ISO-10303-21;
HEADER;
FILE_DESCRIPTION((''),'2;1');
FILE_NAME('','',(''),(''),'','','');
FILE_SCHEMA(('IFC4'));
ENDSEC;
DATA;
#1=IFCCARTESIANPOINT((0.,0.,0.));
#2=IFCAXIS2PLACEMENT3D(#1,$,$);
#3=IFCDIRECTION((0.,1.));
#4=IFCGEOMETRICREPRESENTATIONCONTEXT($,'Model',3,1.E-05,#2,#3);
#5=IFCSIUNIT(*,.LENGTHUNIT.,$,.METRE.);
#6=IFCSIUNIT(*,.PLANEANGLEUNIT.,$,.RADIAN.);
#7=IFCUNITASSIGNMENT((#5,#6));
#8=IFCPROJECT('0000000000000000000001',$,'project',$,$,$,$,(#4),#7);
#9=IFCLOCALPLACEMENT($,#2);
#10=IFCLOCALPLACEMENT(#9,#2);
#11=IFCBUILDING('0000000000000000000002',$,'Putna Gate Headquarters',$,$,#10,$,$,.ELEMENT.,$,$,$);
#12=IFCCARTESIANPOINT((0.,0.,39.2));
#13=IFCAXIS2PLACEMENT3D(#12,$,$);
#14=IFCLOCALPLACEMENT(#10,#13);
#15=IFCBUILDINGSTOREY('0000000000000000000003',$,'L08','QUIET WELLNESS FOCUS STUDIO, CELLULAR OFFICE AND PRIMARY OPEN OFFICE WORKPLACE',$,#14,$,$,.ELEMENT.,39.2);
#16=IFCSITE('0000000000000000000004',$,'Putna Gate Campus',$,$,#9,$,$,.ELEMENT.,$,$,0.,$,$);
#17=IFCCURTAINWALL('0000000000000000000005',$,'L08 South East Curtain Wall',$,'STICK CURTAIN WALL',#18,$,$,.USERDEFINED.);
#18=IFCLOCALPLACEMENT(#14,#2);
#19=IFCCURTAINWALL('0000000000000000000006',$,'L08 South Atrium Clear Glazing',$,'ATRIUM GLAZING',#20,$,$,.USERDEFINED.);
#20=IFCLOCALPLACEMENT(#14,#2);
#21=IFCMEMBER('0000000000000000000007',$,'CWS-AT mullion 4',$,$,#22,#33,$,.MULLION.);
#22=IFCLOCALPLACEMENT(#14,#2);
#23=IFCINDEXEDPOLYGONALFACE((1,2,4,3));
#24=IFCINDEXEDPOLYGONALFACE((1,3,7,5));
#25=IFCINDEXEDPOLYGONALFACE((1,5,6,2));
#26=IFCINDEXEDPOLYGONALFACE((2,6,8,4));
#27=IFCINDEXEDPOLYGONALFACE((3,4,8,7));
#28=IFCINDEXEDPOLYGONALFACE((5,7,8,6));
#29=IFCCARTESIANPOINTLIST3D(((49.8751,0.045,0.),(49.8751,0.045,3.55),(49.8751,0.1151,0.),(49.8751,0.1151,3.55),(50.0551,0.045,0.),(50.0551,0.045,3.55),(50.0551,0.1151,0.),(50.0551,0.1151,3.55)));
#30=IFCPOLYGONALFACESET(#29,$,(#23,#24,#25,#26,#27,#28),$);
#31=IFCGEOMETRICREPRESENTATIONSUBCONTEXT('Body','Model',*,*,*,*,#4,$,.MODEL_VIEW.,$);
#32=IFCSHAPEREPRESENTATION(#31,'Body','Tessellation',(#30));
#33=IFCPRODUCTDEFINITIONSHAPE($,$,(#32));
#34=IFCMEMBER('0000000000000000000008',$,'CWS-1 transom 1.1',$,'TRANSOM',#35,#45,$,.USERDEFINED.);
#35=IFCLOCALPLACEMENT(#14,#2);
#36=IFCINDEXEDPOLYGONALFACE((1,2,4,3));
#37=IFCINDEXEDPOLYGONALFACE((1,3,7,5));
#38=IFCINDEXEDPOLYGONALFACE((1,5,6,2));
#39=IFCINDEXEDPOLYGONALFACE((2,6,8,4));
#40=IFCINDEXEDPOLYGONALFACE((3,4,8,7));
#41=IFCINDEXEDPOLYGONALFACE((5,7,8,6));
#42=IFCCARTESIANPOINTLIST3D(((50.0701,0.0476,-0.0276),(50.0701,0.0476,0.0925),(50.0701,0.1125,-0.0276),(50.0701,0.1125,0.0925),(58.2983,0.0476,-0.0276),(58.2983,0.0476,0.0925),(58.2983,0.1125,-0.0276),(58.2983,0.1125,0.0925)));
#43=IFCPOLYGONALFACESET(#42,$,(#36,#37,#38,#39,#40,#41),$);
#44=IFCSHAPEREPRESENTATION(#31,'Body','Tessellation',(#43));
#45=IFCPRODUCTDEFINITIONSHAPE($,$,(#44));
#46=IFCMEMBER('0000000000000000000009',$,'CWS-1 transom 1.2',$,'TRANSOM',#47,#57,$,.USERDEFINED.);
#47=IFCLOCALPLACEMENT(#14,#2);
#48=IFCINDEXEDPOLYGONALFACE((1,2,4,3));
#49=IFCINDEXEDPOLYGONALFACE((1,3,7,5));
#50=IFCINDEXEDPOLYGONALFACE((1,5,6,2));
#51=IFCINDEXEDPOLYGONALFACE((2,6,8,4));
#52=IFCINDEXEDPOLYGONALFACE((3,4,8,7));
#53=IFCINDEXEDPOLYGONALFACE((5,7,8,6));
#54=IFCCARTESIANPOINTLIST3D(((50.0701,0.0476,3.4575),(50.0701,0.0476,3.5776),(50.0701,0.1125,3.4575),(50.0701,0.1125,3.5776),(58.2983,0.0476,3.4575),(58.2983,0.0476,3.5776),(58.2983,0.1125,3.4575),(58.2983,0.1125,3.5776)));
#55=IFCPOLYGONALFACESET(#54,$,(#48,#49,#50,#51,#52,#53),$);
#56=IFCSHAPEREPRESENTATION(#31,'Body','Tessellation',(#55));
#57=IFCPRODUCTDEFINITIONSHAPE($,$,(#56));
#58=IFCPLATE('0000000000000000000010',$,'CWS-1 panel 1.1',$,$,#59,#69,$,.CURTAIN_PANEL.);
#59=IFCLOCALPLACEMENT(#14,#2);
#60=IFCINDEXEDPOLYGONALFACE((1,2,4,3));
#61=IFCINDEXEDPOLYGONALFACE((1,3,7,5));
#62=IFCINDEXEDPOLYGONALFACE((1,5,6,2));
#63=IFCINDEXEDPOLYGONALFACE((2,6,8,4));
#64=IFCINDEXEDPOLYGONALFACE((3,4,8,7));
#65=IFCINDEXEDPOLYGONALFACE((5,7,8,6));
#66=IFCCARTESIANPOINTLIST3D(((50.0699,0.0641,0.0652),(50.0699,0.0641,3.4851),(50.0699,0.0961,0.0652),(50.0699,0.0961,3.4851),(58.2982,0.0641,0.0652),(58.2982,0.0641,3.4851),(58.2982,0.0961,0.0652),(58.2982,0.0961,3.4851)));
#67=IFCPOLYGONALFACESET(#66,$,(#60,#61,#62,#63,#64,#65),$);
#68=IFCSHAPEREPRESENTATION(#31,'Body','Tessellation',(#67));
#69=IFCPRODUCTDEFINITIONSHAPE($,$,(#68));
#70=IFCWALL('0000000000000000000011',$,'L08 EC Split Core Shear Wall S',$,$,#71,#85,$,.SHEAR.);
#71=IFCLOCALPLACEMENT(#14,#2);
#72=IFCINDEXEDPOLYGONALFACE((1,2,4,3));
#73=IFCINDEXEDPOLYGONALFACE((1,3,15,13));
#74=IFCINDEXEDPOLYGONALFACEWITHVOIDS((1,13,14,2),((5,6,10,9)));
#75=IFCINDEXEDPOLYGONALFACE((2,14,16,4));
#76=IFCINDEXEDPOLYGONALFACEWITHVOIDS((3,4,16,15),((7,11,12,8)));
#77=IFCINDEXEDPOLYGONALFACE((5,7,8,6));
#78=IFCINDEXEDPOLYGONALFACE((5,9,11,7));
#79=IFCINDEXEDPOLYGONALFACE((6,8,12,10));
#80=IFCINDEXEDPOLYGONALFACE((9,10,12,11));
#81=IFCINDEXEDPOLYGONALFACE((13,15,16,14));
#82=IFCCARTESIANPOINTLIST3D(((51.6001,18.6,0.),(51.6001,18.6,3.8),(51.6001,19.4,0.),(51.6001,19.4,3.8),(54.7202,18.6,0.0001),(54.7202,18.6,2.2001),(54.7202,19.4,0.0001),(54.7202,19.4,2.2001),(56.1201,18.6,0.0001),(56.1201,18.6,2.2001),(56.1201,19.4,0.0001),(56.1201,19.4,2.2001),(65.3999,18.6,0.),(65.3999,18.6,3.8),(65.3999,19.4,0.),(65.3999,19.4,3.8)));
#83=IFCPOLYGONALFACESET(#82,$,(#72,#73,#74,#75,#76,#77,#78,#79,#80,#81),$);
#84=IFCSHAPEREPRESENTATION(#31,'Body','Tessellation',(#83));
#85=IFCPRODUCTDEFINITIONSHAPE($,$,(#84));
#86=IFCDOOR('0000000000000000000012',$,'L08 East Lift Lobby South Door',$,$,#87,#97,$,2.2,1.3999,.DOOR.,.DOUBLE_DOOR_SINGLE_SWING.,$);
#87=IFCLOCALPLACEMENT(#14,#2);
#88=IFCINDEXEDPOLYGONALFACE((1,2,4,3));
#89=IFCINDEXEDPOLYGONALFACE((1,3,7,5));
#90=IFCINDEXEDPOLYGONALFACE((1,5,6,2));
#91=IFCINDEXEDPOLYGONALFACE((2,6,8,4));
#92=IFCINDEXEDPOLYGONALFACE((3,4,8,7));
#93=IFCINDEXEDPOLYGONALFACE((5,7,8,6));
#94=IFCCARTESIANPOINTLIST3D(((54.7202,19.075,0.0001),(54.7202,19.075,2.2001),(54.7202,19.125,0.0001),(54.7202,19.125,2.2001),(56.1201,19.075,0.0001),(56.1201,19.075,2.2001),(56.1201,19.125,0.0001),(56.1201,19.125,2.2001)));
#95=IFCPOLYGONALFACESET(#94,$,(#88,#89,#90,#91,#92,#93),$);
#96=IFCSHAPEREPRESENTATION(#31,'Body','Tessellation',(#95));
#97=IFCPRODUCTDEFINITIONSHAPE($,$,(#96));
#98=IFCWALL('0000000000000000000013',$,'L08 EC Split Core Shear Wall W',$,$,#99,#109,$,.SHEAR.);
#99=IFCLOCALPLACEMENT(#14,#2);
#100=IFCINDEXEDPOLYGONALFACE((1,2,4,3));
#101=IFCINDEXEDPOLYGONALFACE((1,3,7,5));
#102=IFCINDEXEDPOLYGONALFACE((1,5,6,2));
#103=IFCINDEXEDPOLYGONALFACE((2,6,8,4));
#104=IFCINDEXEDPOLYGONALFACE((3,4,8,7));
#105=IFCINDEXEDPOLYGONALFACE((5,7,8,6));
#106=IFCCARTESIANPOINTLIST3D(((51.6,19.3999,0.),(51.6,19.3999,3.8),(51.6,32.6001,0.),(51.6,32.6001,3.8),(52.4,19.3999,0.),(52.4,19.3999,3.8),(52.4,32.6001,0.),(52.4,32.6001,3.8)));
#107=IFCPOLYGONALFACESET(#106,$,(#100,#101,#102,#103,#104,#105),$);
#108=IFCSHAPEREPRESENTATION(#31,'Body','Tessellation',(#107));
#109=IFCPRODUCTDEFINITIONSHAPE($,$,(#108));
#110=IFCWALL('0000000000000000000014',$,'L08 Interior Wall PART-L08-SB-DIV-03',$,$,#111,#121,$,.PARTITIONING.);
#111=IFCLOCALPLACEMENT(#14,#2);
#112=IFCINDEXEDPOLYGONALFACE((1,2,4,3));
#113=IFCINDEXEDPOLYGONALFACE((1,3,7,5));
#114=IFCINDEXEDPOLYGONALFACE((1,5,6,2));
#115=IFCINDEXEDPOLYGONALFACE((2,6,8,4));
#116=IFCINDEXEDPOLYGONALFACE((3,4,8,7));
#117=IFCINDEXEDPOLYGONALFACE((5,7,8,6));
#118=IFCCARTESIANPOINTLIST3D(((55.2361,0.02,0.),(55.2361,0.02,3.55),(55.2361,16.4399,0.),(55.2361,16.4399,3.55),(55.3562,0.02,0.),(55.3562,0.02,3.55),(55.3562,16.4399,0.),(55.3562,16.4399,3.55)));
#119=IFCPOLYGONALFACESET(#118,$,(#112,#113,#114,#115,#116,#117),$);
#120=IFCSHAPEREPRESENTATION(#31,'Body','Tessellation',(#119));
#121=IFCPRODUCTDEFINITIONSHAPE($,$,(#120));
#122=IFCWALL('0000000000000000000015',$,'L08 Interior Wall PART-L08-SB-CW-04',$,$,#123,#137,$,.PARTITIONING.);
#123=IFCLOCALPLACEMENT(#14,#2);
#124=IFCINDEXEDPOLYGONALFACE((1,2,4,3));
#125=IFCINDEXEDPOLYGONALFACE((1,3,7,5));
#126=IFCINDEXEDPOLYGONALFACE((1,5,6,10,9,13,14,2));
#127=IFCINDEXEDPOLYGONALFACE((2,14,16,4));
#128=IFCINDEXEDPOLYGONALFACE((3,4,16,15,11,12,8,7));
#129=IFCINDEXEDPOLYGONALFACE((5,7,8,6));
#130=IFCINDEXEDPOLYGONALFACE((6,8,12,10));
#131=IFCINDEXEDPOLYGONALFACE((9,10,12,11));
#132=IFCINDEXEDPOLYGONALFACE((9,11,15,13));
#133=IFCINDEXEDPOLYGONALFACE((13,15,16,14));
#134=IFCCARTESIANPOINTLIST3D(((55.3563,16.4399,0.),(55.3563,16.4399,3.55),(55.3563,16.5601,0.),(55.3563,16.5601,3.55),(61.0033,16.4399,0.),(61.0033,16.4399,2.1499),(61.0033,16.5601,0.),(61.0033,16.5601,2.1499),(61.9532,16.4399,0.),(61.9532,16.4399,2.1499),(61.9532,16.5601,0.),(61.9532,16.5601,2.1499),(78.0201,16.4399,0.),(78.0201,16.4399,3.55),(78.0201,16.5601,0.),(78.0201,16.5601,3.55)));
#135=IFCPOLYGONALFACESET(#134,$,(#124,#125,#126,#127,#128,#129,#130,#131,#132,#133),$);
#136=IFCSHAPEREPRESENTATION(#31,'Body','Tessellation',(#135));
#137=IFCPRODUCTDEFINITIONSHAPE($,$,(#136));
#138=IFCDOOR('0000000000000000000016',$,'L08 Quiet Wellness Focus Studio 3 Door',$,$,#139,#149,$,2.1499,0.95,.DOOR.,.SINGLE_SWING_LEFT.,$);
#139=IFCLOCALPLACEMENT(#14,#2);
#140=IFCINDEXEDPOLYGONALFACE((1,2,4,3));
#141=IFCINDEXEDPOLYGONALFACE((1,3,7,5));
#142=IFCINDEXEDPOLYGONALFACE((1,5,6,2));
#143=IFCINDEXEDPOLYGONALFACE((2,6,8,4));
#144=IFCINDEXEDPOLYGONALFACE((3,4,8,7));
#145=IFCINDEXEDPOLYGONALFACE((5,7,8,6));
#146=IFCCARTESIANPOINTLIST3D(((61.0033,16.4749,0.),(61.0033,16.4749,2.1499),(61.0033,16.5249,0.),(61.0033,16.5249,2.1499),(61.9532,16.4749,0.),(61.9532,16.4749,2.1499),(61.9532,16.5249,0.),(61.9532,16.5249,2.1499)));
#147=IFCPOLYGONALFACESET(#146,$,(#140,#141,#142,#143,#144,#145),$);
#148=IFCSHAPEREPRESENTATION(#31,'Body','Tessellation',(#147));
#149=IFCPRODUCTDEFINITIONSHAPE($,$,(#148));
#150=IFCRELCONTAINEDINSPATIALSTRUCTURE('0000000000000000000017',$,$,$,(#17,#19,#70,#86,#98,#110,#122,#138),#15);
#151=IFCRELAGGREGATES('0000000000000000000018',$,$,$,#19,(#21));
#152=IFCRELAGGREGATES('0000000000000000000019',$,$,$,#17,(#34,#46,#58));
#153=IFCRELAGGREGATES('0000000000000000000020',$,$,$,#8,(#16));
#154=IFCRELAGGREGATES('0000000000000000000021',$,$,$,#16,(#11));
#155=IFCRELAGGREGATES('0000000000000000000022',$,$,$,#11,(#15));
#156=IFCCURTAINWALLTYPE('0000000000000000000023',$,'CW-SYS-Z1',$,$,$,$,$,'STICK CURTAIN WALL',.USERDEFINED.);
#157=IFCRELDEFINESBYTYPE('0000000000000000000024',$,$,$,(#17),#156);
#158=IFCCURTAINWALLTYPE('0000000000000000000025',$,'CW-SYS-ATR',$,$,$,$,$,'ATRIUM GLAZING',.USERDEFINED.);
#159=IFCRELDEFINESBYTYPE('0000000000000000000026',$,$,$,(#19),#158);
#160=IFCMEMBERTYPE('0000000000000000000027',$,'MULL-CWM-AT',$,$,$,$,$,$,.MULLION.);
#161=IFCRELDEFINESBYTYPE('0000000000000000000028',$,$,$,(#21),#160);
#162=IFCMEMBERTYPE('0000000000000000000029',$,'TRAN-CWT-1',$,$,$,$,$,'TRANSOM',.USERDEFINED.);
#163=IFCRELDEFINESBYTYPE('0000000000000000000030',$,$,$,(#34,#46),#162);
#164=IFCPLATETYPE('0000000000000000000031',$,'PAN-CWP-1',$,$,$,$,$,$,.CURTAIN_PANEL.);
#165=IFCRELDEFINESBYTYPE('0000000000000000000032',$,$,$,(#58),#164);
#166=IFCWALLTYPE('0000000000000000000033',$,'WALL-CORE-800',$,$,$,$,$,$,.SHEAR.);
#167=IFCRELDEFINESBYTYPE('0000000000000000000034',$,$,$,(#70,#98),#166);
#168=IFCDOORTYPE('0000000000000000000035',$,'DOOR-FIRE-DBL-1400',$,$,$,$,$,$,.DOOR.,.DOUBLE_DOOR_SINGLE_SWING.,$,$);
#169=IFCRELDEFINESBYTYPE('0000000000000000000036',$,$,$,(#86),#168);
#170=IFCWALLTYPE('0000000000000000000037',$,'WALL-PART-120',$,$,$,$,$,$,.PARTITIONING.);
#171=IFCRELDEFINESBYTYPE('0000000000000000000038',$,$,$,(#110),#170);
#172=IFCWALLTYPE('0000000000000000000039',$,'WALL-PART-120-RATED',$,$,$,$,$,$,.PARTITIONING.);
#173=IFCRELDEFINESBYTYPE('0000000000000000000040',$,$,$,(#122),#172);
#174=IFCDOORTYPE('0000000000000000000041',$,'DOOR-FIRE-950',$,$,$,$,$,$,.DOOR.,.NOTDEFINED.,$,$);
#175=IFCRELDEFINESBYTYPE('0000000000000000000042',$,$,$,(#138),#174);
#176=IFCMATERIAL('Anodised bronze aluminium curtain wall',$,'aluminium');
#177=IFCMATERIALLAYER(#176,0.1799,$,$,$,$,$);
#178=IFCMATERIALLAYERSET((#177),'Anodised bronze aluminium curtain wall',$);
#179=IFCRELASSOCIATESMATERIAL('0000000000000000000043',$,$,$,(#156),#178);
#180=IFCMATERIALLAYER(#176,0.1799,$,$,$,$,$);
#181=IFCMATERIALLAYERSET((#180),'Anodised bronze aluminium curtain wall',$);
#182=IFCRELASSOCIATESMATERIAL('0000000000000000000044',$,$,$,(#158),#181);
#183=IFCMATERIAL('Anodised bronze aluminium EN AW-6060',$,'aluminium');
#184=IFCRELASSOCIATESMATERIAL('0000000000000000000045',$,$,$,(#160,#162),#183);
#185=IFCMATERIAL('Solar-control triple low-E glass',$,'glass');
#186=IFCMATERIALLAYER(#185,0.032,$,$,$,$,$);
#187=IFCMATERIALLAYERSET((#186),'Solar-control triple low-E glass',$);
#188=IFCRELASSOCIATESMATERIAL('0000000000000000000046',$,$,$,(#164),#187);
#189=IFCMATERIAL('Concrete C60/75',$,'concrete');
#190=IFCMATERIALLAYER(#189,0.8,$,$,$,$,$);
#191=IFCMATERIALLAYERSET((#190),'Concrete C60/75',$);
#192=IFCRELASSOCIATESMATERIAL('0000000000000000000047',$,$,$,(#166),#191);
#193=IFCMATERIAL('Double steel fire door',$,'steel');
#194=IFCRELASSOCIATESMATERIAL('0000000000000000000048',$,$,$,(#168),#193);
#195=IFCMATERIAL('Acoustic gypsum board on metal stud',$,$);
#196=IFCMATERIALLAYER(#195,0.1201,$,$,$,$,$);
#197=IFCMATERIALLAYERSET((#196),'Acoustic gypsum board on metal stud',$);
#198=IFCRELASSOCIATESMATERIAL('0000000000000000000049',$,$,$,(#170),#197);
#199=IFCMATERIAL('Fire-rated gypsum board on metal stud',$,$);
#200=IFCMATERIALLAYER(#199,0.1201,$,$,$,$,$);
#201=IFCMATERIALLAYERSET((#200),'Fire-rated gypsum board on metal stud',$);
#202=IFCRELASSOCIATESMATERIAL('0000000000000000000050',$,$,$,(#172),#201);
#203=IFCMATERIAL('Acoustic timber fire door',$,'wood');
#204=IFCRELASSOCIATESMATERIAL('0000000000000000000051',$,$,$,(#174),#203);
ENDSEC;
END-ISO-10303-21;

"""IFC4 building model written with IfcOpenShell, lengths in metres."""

from ifc_helpers import new_model, si_unit, direction, frame, frame_2d, origin, origin_2d, place, context, subcontext, project, spatial, rectangle, extrude, material, layer, layer_set, material_profile, profile_set, type_object, element, fill, aggregate, save


model = new_model("IFC4")

# Units and contexts
model_context = context("Model", 3, precision=1e-05, world=origin(), true_north=direction((0.0, 1.0)))
body_context = subcontext(model_context, "Body", "Model", "MODEL_VIEW")
ifc_project = project(units=[si_unit("LENGTHUNIT", "METRE"), si_unit("PLANEANGLEUNIT", "RADIAN")], contexts=[model_context])

# Site, building, storey
site_placement = place(None, origin())
site = spatial("IfcSite", under=ifc_project, at=site_placement, Name="Putna Gate Campus", CompositionType="ELEMENT", RefElevation=0.0)
building_placement = place(site_placement, origin())
building = spatial("IfcBuilding", under=site, at=building_placement, Name="Putna Gate Headquarters", CompositionType="ELEMENT")
storey_placement = place(building_placement, frame((0.0, 0.0, 39.2)))
storey = spatial("IfcBuildingStorey", under=building, at=storey_placement, Name="L08", Description="QUIET WELLNESS FOCUS STUDIO, CELLULAR OFFICE AND PRIMARY OPEN OFFICE WORKPLACE", CompositionType="ELEMENT", Elevation=39.2)

# Shared definitions
ifc_material_1 = material(Name="Concrete C60/75", Category="concrete")

# Curtain walls, member
ifc_material_2 = material(Name="Anodised bronze aluminium curtain wall", Category="aluminium")
ifc_layer_1 = layer(ifc_material_2, 0.1799)
ifc_layer_set_1 = layer_set([ifc_layer_1], Name="Anodised bronze aluminium curtain wall")
curtain_wall_type_1 = type_object("IfcCurtainWallType", Name="CW-SYS-Z1", ElementType="STICK CURTAIN WALL", PredefinedType="USERDEFINED", material=ifc_layer_set_1)
curtain_wall_1_placement = place(storey_placement, origin())
curtain_wall_1 = element("IfcCurtainWall", 1, at=curtain_wall_1_placement, inside=storey, type_object=curtain_wall_type_1, Name="L08 South East Curtain Wall", ObjectType="STICK CURTAIN WALL", PredefinedType="USERDEFINED")
ifc_material_3 = material(Name="Anodised bronze aluminium EN AW-6060", Category="aluminium")
ifc_layer_2 = layer(ifc_material_2, 0.1799)
ifc_layer_set_2 = layer_set([ifc_layer_2], Name="Anodised bronze aluminium curtain wall")
curtain_wall_type_2 = type_object("IfcCurtainWallType", Name="CW-SYS-ATR", ElementType="ATRIUM GLAZING", PredefinedType="USERDEFINED", material=ifc_layer_set_2)
curtain_wall_2_placement = place(storey_placement, origin())
curtain_wall_2 = element("IfcCurtainWall", 2, at=curtain_wall_2_placement, inside=storey, type_object=curtain_wall_type_2, Name="L08 South Atrium Clear Glazing", ObjectType="ATRIUM GLAZING", PredefinedType="USERDEFINED")
ifc_material_profile_1 = material_profile(ifc_material_3, rectangle(XDim=0.0701, YDim=0.1799, at=origin_2d()), Name="Anodised bronze aluminium EN AW-6060")
ifc_profile_set_1 = profile_set([ifc_material_profile_1], Name="Anodised bronze aluminium EN AW-6060")
member_type_1 = type_object("IfcMemberType", Name="MULL-CWM-AT", PredefinedType="MULLION", material=ifc_profile_set_1)
member_1_placement = place(storey_placement, frame((49.9651, 0.0801, 0.0), z_axis=(0.0, 0.0, 1.0), x_axis=(0.0, 1.0, 0.0)))
member_1 = element("IfcMember", 3, at=member_1_placement, type_object=member_type_1, Name="CWS-AT mullion 4", PredefinedType="MULLION", context=body_context, shape_type="SweptSolid", body=[
    extrude(rectangle(XDim=0.0701, YDim=0.1799, at=origin_2d()), origin(), (0.0, 0.0, 1.0), 3.55),
])
aggregate(curtain_wall_2, [member_1])

# Members
ifc_material_profile_2 = material_profile(ifc_material_3, rectangle(XDim=0.0649, YDim=0.1201, at=origin_2d()), Name="Anodised bronze aluminium EN AW-6060")
ifc_profile_set_2 = profile_set([ifc_material_profile_2], Name="Anodised bronze aluminium EN AW-6060")
member_type_2 = type_object("IfcMemberType", Name="TRAN-CWT-1", ElementType="TRANSOM", PredefinedType="USERDEFINED", material=ifc_profile_set_2)
member_2_placement = place(storey_placement, frame((50.0701, 0.0801, 0.0325), z_axis=(1.0, 0.0, 0.0), x_axis=(0.0, 1.0, 0.0)))
member_2 = element("IfcMember", 4, at=member_2_placement, type_object=member_type_2, Name="CWS-1 transom 1.1", ObjectType="TRANSOM", PredefinedType="USERDEFINED", context=body_context, shape_type="SweptSolid", body=[
    extrude(rectangle(XDim=0.0649, YDim=0.1201, at=origin_2d()), origin(), (0.0, 0.0, 1.0), 8.2283),
])
member_3_placement = place(storey_placement, frame((50.0701, 0.0801, 3.5176), z_axis=(1.0, 0.0, 0.0), x_axis=(0.0, 1.0, 0.0)))
member_3 = element("IfcMember", 5, at=member_3_placement, type_object=member_type_2, Name="CWS-1 transom 1.2", ObjectType="TRANSOM", PredefinedType="USERDEFINED", context=body_context, shape_type="SweptSolid", body=[
    extrude(rectangle(XDim=0.0649, YDim=0.1201, at=origin_2d()), origin(), (0.0, 0.0, 1.0), 8.2283),
])

# Plate
ifc_material_4 = material(Name="Solar-control triple low-E glass", Category="glass")
ifc_layer_3 = layer(ifc_material_4, 0.032)
ifc_layer_set_3 = layer_set([ifc_layer_3], Name="Solar-control triple low-E glass")
plate_type = type_object("IfcPlateType", Name="PAN-CWP-1", PredefinedType="CURTAIN_PANEL", material=ifc_layer_set_3)
plate_placement = place(storey_placement, frame((54.1841, 0.0801, 0.0652), z_axis=(0.0, 0.0, 1.0), x_axis=(1.0, 0.0, 0.0)))
plate = element("IfcPlate", 6, at=plate_placement, type_object=plate_type, Name="CWS-1 panel 1.1", PredefinedType="CURTAIN_PANEL", context=body_context, shape_type="SweptSolid", body=[
    extrude(rectangle(XDim=8.2283, YDim=0.032, at=origin_2d()), origin(), (0.0, 0.0, 1.0), 3.4199),
])
aggregate(curtain_wall_1, [member_2, member_3, plate])

# Wall, opening, door
ifc_layer_4 = layer(ifc_material_1, 0.8)
ifc_layer_set_4 = layer_set([ifc_layer_4], Name="Concrete C60/75")
wall_type_1 = type_object("IfcWallType", Name="WALL-CORE-800", PredefinedType="SHEAR", material=ifc_layer_set_4)
wall_1_placement = place(storey_placement, frame((51.6001, 19.0, 0.0), z_axis=(0.0, 0.0, 1.0), x_axis=(1.0, 0.0, 0.0)))
wall_1 = element("IfcWall", 7, at=wall_1_placement, inside=storey, type_object=wall_type_1, Name="L08 EC Split Core Shear Wall S", PredefinedType="SHEAR", context=body_context, shape_type="SweptSolid", body=[
    extrude(rectangle(XDim=13.7998, YDim=0.8, at=frame_2d((6.8999, 0.0))), origin(), (0.0, 0.0, 1.0), 3.8),
])
opening_1_placement = place(wall_1_placement, frame((3.1201, 0.0, 0.0)))
opening_1 = element("IfcOpeningElement", 8, at=opening_1_placement, cuts=wall_1, PredefinedType="OPENING", context=body_context, shape_type="SweptSolid", body=[
    extrude(rectangle(XDim=1.3999, YDim=2.2, at=frame_2d((0.7, 1.1001))), frame((0.0, 0.4099, 0.0), z_axis=(0.0, -1.0, 0.0), x_axis=(1.0, 0.0, 0.0)), (0.0, 0.0, 1.0), 0.8201),
])
ifc_material_5 = material(Name="Double steel fire door", Category="steel")
door_type_1 = type_object("IfcDoorType", Name="DOOR-FIRE-DBL-1400", OperationType="DOUBLE_DOOR_SINGLE_SWING", PredefinedType="DOOR", material=ifc_material_5)
door_1_placement = place(opening_1_placement, origin())
door_1 = element("IfcDoor", 9, at=door_1_placement, inside=storey, type_object=door_type_1, Name="L08 East Lift Lobby South Door", OperationType="DOUBLE_DOOR_SINGLE_SWING", OverallHeight=2.2, OverallWidth=1.3999, PredefinedType="DOOR", context=body_context, shape_type="SweptSolid", body=[
    extrude(rectangle(XDim=1.3999, YDim=2.2, at=frame_2d((0.7, 1.1001))), frame((0.0, 0.125, 0.0), z_axis=(0.0, -1.0, 0.0), x_axis=(1.0, 0.0, 0.0)), (0.0, 0.0, 1.0), 0.05),
])
fill(opening_1, door_1)

# Walls
wall_2_placement = place(storey_placement, frame((52.0, 19.3999, 0.0), z_axis=(0.0, 0.0, 1.0), x_axis=(0.0, 1.0, 0.0)))
element("IfcWall", 10, at=wall_2_placement, inside=storey, type_object=wall_type_1, Name="L08 EC Split Core Shear Wall W", PredefinedType="SHEAR", context=body_context, shape_type="SweptSolid", body=[
    extrude(rectangle(XDim=13.2002, YDim=0.8, at=frame_2d((6.6001, 0.0))), origin(), (0.0, 0.0, 1.0), 3.8),
])
ifc_material_6 = material(Name="Acoustic gypsum board on metal stud")
ifc_layer_5 = layer(ifc_material_6, 0.1201)
ifc_layer_set_5 = layer_set([ifc_layer_5], Name="Acoustic gypsum board on metal stud")
wall_type_2 = type_object("IfcWallType", Name="WALL-PART-120", PredefinedType="PARTITIONING", material=ifc_layer_set_5)
wall_3_placement = place(storey_placement, frame((55.2961, 0.02, 0.0), z_axis=(0.0, 0.0, 1.0), x_axis=(0.0, 1.0, 0.0)))
element("IfcWall", 11, at=wall_3_placement, inside=storey, type_object=wall_type_2, Name="L08 Interior Wall PART-L08-SB-DIV-03", PredefinedType="PARTITIONING", context=body_context, shape_type="SweptSolid", body=[
    extrude(rectangle(XDim=16.4199, YDim=0.1201, at=frame_2d((8.21, 0.0))), origin(), (0.0, 0.0, 1.0), 3.55),
])

# Wall, opening, door
ifc_material_7 = material(Name="Fire-rated gypsum board on metal stud")
ifc_layer_6 = layer(ifc_material_7, 0.1201)
ifc_layer_set_6 = layer_set([ifc_layer_6], Name="Fire-rated gypsum board on metal stud")
wall_type_3 = type_object("IfcWallType", Name="WALL-PART-120-RATED", PredefinedType="PARTITIONING", material=ifc_layer_set_6)
wall_4_placement = place(storey_placement, frame((55.3562, 16.5, 0.0), z_axis=(0.0, 0.0, 1.0), x_axis=(1.0, 0.0, 0.0)))
wall_4 = element("IfcWall", 12, at=wall_4_placement, inside=storey, type_object=wall_type_3, Name="L08 Interior Wall PART-L08-SB-CW-04", PredefinedType="PARTITIONING", context=body_context, shape_type="SweptSolid", body=[
    extrude(rectangle(XDim=22.6638, YDim=0.1201, at=frame_2d((11.332, 0.0))), origin(), (0.0, 0.0, 1.0), 3.55),
])
opening_2_placement = place(wall_4_placement, frame((5.647, 0.0, 0.0)))
opening_2 = element("IfcOpeningElement", 13, at=opening_2_placement, cuts=wall_4, PredefinedType="OPENING", context=body_context, shape_type="SweptSolid", body=[
    extrude(rectangle(XDim=0.95, YDim=2.1499, at=frame_2d((0.4751, 1.075))), frame((0.0, 0.0701, 0.0), z_axis=(0.0, -1.0, 0.0), x_axis=(1.0, 0.0, 0.0)), (0.0, 0.0, 1.0), 0.1401),
])
ifc_material_8 = material(Name="Acoustic timber fire door", Category="wood")
door_type_2 = type_object("IfcDoorType", Name="DOOR-FIRE-950", OperationType="NOTDEFINED", PredefinedType="DOOR", material=ifc_material_8)
door_2_placement = place(opening_2_placement, origin())
door_2 = element("IfcDoor", 14, at=door_2_placement, inside=storey, type_object=door_type_2, Name="L08 Quiet Wellness Focus Studio 3 Door", OperationType="SINGLE_SWING_LEFT", OverallHeight=2.1499, OverallWidth=0.95, PredefinedType="DOOR", context=body_context, shape_type="SweptSolid", body=[
    extrude(rectangle(XDim=0.95, YDim=2.1499, at=frame_2d((0.4751, 1.075))), frame((0.0, 0.0249, 0.0), z_axis=(0.0, -1.0, 0.0), x_axis=(1.0, 0.0, 0.0)), (0.0, 0.0, 1.0), 0.05),
])
fill(opening_2, door_2)

save(model, "model.ifc")
